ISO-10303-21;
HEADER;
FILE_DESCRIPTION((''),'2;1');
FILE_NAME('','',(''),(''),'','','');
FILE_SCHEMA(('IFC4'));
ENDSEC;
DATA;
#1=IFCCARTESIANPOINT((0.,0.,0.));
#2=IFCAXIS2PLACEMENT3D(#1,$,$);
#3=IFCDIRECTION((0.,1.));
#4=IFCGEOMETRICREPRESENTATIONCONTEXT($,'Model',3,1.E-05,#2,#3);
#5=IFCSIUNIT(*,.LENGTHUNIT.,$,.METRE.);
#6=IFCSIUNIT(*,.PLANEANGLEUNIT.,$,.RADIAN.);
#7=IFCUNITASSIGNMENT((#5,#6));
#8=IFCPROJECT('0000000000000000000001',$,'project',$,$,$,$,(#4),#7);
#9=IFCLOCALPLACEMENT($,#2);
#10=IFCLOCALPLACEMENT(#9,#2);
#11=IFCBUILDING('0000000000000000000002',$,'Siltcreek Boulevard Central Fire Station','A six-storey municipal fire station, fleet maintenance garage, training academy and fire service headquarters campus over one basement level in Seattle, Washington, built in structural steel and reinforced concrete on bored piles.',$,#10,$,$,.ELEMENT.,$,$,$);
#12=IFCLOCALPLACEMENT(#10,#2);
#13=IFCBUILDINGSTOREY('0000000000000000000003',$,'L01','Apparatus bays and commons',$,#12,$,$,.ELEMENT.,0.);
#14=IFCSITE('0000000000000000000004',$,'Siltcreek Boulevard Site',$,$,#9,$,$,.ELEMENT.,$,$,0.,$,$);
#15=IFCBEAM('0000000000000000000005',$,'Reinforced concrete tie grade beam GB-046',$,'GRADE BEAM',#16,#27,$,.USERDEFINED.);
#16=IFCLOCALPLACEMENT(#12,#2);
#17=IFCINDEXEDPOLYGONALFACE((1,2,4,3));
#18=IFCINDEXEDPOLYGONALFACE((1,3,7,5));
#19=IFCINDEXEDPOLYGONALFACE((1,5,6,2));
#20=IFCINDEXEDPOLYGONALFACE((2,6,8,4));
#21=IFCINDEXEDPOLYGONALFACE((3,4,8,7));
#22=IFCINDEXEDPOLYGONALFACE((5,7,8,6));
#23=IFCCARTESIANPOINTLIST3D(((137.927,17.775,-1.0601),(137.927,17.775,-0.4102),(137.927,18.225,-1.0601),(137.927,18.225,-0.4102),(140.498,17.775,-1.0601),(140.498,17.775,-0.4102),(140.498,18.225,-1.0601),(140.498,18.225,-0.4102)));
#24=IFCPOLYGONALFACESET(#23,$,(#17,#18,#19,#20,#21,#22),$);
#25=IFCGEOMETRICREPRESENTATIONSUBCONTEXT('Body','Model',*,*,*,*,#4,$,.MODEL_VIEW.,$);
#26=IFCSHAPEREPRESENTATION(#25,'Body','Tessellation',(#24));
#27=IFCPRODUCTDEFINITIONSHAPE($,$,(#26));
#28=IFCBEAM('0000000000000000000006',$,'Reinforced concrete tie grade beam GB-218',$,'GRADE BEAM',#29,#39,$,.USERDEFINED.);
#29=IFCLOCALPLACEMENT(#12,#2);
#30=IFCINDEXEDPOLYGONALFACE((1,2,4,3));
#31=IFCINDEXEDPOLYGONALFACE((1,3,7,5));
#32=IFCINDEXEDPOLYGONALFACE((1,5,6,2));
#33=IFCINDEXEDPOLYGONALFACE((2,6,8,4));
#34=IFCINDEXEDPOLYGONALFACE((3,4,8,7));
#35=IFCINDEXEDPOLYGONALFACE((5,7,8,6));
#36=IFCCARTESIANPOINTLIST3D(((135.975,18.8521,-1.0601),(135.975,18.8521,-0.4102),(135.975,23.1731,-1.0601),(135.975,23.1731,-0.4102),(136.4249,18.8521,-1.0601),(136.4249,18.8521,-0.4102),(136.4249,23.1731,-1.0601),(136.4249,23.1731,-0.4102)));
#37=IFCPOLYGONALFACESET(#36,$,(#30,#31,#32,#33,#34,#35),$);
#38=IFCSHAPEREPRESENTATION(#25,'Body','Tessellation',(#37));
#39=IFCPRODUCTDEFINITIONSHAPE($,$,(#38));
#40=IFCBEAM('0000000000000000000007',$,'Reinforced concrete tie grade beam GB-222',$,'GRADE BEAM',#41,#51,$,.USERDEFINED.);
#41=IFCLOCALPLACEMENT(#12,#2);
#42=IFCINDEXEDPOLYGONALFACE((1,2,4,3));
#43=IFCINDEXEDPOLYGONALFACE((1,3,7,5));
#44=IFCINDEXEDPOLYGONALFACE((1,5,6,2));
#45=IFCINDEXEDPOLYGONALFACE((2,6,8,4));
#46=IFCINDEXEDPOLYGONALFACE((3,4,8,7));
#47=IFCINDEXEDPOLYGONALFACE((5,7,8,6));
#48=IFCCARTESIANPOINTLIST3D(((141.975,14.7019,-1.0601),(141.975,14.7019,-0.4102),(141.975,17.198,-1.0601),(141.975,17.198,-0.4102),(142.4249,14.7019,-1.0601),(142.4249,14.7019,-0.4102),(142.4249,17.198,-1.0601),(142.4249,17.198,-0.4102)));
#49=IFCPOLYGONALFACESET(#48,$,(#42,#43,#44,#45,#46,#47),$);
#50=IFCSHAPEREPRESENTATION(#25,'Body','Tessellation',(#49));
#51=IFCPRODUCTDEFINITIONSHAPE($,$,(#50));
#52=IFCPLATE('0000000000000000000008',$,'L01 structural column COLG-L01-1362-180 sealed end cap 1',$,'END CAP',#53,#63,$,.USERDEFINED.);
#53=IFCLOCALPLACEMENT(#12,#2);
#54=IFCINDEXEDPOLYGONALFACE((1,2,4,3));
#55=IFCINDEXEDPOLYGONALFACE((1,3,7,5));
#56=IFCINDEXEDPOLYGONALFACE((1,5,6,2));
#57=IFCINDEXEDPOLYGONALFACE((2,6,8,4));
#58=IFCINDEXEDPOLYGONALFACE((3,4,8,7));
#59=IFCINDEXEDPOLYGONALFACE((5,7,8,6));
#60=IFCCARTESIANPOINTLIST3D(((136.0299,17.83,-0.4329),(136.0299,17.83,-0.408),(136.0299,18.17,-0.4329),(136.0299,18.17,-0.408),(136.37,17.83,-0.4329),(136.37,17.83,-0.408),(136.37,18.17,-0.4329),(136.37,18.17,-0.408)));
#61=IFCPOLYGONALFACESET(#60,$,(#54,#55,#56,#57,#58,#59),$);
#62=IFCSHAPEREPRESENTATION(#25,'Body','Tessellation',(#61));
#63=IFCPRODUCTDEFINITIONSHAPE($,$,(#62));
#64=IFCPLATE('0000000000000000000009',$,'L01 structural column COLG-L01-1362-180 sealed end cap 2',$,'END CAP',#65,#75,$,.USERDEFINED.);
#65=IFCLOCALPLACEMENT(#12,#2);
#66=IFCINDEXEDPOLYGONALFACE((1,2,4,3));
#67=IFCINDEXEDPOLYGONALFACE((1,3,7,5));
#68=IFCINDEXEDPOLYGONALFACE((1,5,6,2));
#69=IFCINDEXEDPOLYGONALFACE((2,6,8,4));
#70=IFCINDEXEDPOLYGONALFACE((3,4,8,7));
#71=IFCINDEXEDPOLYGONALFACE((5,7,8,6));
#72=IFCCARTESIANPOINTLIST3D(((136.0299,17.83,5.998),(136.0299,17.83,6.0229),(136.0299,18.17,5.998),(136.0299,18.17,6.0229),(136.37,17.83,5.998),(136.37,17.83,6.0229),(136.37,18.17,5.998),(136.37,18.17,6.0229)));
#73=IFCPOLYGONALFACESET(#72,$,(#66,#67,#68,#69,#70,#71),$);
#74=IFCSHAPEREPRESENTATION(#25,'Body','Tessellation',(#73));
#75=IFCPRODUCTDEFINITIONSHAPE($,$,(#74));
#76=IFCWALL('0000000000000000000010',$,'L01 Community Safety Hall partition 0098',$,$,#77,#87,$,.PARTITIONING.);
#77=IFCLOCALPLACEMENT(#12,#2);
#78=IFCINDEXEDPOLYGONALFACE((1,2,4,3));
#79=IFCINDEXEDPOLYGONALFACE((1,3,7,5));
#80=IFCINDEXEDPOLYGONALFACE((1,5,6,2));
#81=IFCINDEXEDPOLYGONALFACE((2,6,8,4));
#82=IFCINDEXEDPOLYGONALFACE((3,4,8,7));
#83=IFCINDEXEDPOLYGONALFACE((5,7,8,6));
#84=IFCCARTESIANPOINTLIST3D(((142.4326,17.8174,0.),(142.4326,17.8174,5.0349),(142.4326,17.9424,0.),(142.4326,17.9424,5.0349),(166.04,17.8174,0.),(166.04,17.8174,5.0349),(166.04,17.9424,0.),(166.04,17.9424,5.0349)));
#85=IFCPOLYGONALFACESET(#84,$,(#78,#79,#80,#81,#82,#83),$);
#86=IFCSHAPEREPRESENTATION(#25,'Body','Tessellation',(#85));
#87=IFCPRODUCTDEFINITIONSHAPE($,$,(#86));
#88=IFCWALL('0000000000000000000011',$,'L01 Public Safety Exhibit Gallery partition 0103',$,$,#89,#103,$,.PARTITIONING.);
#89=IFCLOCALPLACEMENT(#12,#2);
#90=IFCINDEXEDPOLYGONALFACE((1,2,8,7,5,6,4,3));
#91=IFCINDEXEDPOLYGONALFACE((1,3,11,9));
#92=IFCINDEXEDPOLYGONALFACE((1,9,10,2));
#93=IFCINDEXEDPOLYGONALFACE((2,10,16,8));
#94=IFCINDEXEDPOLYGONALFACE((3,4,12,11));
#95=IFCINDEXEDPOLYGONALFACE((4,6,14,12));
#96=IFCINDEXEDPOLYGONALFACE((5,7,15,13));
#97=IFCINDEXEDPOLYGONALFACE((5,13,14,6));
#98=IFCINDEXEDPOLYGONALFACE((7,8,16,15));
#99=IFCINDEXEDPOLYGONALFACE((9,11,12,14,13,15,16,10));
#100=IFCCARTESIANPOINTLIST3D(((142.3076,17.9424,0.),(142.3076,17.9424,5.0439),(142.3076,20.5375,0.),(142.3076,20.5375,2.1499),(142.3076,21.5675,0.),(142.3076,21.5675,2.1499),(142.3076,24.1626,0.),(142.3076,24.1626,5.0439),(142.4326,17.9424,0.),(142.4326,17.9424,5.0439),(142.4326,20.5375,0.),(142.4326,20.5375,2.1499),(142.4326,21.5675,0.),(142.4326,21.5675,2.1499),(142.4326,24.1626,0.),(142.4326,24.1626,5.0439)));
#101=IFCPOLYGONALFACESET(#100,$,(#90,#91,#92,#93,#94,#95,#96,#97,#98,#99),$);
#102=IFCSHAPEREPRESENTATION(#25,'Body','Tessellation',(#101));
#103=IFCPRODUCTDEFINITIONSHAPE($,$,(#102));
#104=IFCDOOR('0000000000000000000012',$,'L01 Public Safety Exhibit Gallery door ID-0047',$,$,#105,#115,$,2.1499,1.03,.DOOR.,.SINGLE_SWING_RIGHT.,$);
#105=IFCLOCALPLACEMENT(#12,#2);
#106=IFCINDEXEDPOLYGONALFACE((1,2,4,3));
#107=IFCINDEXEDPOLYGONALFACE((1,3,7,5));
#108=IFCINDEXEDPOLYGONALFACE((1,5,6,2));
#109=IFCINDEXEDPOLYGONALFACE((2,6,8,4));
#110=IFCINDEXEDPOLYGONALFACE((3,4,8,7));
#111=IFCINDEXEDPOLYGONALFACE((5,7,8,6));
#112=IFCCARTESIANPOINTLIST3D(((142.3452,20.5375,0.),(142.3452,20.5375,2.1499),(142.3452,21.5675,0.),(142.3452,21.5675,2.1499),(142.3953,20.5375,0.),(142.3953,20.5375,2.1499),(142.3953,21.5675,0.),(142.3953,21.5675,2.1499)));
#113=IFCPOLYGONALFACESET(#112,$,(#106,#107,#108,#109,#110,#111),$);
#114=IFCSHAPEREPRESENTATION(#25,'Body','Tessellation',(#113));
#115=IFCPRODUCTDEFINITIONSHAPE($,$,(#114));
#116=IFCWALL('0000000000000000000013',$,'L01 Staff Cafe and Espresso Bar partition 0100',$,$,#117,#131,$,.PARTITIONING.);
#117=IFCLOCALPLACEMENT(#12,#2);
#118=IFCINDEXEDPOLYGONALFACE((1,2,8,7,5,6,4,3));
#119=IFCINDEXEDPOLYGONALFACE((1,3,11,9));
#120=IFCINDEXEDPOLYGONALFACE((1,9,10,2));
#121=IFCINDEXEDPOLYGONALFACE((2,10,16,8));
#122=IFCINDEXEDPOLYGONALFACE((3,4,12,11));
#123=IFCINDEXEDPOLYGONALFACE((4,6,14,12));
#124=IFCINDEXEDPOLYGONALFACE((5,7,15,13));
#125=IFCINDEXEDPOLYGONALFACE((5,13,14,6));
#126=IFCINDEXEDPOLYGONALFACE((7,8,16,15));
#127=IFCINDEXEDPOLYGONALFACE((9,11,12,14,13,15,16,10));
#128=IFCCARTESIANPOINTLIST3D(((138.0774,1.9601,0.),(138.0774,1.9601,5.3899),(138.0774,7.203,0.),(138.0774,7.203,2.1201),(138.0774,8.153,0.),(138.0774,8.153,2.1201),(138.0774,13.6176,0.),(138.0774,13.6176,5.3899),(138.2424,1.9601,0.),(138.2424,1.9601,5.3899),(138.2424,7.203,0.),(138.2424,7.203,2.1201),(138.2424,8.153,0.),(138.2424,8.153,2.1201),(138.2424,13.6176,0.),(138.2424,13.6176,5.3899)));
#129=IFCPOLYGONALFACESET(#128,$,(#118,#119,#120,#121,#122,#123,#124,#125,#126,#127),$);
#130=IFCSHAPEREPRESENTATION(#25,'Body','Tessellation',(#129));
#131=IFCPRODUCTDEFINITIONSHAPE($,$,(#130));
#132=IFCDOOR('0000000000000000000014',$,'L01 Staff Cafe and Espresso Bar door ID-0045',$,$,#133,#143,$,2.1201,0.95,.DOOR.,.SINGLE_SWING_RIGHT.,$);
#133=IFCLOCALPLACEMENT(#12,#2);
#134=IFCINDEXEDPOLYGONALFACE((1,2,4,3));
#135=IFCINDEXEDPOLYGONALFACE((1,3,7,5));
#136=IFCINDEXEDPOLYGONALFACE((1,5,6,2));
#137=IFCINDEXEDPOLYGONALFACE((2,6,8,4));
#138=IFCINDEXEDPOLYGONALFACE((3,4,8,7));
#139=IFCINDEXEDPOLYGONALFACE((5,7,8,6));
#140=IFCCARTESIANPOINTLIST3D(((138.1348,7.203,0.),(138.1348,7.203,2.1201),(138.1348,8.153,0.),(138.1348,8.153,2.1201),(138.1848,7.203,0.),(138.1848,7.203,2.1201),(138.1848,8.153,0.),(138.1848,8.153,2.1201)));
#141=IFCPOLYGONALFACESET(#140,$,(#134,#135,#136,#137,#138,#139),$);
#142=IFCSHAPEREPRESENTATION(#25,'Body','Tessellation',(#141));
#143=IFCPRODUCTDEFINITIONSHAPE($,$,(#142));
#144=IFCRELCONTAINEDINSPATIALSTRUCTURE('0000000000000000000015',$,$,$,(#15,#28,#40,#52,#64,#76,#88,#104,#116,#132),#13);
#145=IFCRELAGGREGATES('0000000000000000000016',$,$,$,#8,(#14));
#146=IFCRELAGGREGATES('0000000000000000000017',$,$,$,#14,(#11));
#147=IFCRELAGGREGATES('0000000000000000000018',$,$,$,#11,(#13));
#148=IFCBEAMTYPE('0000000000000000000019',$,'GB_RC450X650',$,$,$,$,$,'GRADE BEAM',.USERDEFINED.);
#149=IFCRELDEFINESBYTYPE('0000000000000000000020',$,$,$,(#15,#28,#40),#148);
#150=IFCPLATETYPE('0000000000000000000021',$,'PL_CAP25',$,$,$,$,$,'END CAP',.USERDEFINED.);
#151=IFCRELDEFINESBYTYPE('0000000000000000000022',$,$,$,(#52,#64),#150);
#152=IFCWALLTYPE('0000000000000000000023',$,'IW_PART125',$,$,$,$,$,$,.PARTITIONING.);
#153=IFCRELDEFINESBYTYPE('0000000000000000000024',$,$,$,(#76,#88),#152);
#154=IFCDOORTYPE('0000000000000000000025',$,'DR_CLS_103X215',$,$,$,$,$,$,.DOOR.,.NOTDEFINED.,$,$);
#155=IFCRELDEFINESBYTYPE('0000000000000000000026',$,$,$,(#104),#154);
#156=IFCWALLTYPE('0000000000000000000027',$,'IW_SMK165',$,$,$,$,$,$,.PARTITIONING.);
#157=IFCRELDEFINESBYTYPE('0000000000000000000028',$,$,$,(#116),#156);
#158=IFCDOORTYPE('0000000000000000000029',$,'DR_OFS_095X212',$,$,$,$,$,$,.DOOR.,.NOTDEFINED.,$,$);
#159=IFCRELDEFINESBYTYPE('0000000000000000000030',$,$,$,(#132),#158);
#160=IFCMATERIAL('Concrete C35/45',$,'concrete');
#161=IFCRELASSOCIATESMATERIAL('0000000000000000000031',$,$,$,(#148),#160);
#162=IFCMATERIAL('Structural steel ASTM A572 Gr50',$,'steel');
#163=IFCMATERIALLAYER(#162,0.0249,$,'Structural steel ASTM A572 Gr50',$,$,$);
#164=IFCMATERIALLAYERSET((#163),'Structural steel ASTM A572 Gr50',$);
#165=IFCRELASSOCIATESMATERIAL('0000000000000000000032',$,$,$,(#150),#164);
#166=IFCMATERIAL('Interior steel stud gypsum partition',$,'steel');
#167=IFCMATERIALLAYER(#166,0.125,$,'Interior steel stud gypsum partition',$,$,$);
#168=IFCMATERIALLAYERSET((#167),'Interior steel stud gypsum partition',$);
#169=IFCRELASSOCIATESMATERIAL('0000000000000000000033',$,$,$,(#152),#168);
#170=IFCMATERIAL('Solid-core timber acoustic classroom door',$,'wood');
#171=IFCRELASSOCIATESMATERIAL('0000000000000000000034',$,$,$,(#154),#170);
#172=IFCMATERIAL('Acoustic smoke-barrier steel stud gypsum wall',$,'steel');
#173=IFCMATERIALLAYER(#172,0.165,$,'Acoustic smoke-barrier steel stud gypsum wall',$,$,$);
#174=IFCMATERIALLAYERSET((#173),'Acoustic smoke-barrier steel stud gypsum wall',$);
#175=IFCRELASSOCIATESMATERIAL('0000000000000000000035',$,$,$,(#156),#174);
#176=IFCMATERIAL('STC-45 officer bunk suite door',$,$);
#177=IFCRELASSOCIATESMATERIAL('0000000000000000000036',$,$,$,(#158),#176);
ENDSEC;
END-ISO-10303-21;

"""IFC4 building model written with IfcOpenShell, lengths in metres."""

from ifc_helpers import new_model, si_unit, direction, frame, frame_2d, origin, origin_2d, place, context, subcontext, project, spatial, rectangle, extrude, material, layer, layer_set, material_profile, profile_set, type_object, element, fill, save


model = new_model("IFC4")

# Units and contexts
model_context = context("Model", 3, precision=1e-05, world=origin(), true_north=direction((0.0, 1.0)))
body_context = subcontext(model_context, "Body", "Model", "MODEL_VIEW")
ifc_project = project(units=[si_unit("LENGTHUNIT", "METRE"), si_unit("PLANEANGLEUNIT", "RADIAN")], contexts=[model_context])

# Site, building, storey
site_placement = place(None, origin())
site = spatial("IfcSite", under=ifc_project, at=site_placement, Name="Siltcreek Boulevard Site", CompositionType="ELEMENT", RefElevation=0.0)
building_placement = place(site_placement, origin())
building = spatial("IfcBuilding", under=site, at=building_placement, Name="Siltcreek Boulevard Central Fire Station", Description="A six-storey municipal fire station, fleet maintenance garage, training academy and fire service headquarters campus over one basement level in Seattle, Washington, built in structural steel and reinforced concrete on bored piles.", CompositionType="ELEMENT")
storey_placement = place(building_placement, origin())
storey = spatial("IfcBuildingStorey", under=building, at=storey_placement, Name="L01", Description="Apparatus bays and commons", CompositionType="ELEMENT", Elevation=0.0)

# Shared definitions
ifc_material_1 = material(Name="Concrete C35/45", Category="concrete")

# Beams
ifc_material_profile_1 = material_profile(ifc_material_1, rectangle(XDim=0.45, YDim=0.6499, at=origin_2d()), Name="RC450X650")
ifc_profile_set_1 = profile_set([ifc_material_profile_1], Name="Concrete C35/45")
beam_type_1 = type_object("IfcBeamType", Name="GB_RC450X650", ElementType="GRADE BEAM", PredefinedType="USERDEFINED", material=ifc_profile_set_1)
beam_1_placement = place(storey_placement, frame((137.927, 18.0, -0.7351), z_axis=(1.0, 0.0, 0.0), x_axis=(0.0, 1.0, 0.0)))
element("IfcBeam", 1, at=beam_1_placement, inside=storey, type_object=beam_type_1, Name="Reinforced concrete tie grade beam GB-046", ObjectType="GRADE BEAM", PredefinedType="USERDEFINED", context=body_context, shape_type="SweptSolid", body=[
    extrude(rectangle(XDim=0.45, YDim=0.6499, at=origin_2d()), origin(), (0.0, 0.0, 1.0), 2.571),
])
beam_2_placement = place(storey_placement, frame((136.2, 18.8521, -0.7351), z_axis=(0.0, 1.0, 0.0), x_axis=(-1.0, 0.0, 0.0)))
element("IfcBeam", 2, at=beam_2_placement, inside=storey, type_object=beam_type_1, Name="Reinforced concrete tie grade beam GB-218", ObjectType="GRADE BEAM", PredefinedType="USERDEFINED", context=body_context, shape_type="SweptSolid", body=[
    extrude(rectangle(XDim=0.45, YDim=0.6499, at=origin_2d()), origin(), (0.0, 0.0, 1.0), 4.321),
])
beam_3_placement = place(storey_placement, frame((142.2, 14.7019, -0.7351), z_axis=(0.0, 1.0, 0.0), x_axis=(-1.0, 0.0, 0.0)))
element("IfcBeam", 3, at=beam_3_placement, inside=storey, type_object=beam_type_1, Name="Reinforced concrete tie grade beam GB-222", ObjectType="GRADE BEAM", PredefinedType="USERDEFINED", context=body_context, shape_type="SweptSolid", body=[
    extrude(rectangle(XDim=0.45, YDim=0.6499, at=origin_2d()), origin(), (0.0, 0.0, 1.0), 2.4961),
])

# Plates
ifc_material_2 = material(Name="Structural steel ASTM A572 Gr50", Category="steel")
ifc_layer_1 = layer(ifc_material_2, 0.0249, Name="Structural steel ASTM A572 Gr50")
ifc_layer_set_1 = layer_set([ifc_layer_1], Name="Structural steel ASTM A572 Gr50")
plate_type = type_object("IfcPlateType", Name="PL_CAP25", ElementType="END CAP", PredefinedType="USERDEFINED", material=ifc_layer_set_1)
for number, where, z_axis, x_axis, name in (
    (4, (136.2, 18.0, -0.4329), (0.0, 0.0, 1.0), (1.0, 0.0, 0.0), "L01 structural column COLG-L01-1362-180 sealed end cap 1"),
    (5, (136.2, 18.0, 5.998), (0.0, 0.0, 1.0), (1.0, 0.0, 0.0), "L01 structural column COLG-L01-1362-180 sealed end cap 2"),
):
    element("IfcPlate", number, at=place(storey_placement, frame(where, z_axis=z_axis, x_axis=x_axis)), inside=storey, type_object=plate_type, Name=name, ObjectType="END CAP", PredefinedType="USERDEFINED", context=body_context, shape_type="SweptSolid", body=[
        extrude(rectangle(XDim=0.3401, YDim=0.3401, at=origin_2d()), origin(), (0.0, 0.0, 1.0), 0.0249),
    ])

# Wall
ifc_material_3 = material(Name="Interior steel stud gypsum partition", Category="steel")
ifc_layer_2 = layer(ifc_material_3, 0.125, Name="Interior steel stud gypsum partition")
ifc_layer_set_2 = layer_set([ifc_layer_2], Name="Interior steel stud gypsum partition")
wall_type_1 = type_object("IfcWallType", Name="IW_PART125", PredefinedType="PARTITIONING", material=ifc_layer_set_2)
wall_1_placement = place(storey_placement, frame((142.4326, 17.8799, 0.0), z_axis=(0.0, 0.0, 1.0), x_axis=(1.0, 0.0, 0.0)))
element("IfcWall", 6, at=wall_1_placement, inside=storey, type_object=wall_type_1, Name="L01 Community Safety Hall partition 0098", PredefinedType="PARTITIONING", context=body_context, shape_type="SweptSolid", body=[
    extrude(rectangle(XDim=23.6074, YDim=0.125, at=frame_2d((11.8037, 0.0))), origin(), (0.0, 0.0, 1.0), 5.0349),
])

# Walls, openings, doors
wall_2_placement = place(storey_placement, frame((142.3701, 17.9424, 0.0), z_axis=(0.0, 0.0, 1.0), x_axis=(0.0, 1.0, 0.0)))
wall_2 = element("IfcWall", 7, at=wall_2_placement, inside=storey, type_object=wall_type_1, Name="L01 Public Safety Exhibit Gallery partition 0103", PredefinedType="PARTITIONING", context=body_context, shape_type="SweptSolid", body=[
    extrude(rectangle(XDim=6.2202, YDim=0.125, at=frame_2d((3.1101, 0.0))), origin(), (0.0, 0.0, 1.0), 5.0439),
])
opening_1_placement = place(wall_2_placement, frame((2.595, 0.0, 0.0)))
opening_1 = element("IfcOpeningElement", 8, at=opening_1_placement, cuts=wall_2, PredefinedType="OPENING", context=body_context, shape_type="SweptSolid", body=[
    extrude(rectangle(XDim=1.03, YDim=2.1499, at=frame_2d((0.5151, 1.075))), frame((0.0, 0.0725, 0.0), z_axis=(0.0, -1.0, 0.0), x_axis=(1.0, 0.0, 0.0)), (0.0, 0.0, 1.0), 0.145),
])
ifc_material_4 = material(Name="Solid-core timber acoustic classroom door", Category="wood")
door_type_1 = type_object("IfcDoorType", Name="DR_CLS_103X215", OperationType="NOTDEFINED", PredefinedType="DOOR", material=ifc_material_4)
door_1_placement = place(opening_1_placement, origin())
door_1 = element("IfcDoor", 9, at=door_1_placement, inside=storey, type_object=door_type_1, Name="L01 Public Safety Exhibit Gallery door ID-0047", OperationType="SINGLE_SWING_RIGHT", OverallHeight=2.1499, OverallWidth=1.03, PredefinedType="DOOR", context=body_context, shape_type="SweptSolid", body=[
    extrude(rectangle(XDim=1.03, YDim=2.1499, at=frame_2d((0.5151, 1.075))), frame((0.0, 0.0249, 0.0), z_axis=(0.0, -1.0, 0.0), x_axis=(1.0, 0.0, 0.0)), (0.0, 0.0, 1.0), 0.05),
])
fill(opening_1, door_1)
ifc_material_5 = material(Name="Acoustic smoke-barrier steel stud gypsum wall", Category="steel")
ifc_layer_3 = layer(ifc_material_5, 0.165, Name="Acoustic smoke-barrier steel stud gypsum wall")
ifc_layer_set_3 = layer_set([ifc_layer_3], Name="Acoustic smoke-barrier steel stud gypsum wall")
wall_type_2 = type_object("IfcWallType", Name="IW_SMK165", PredefinedType="PARTITIONING", material=ifc_layer_set_3)
wall_3_placement = place(storey_placement, frame((138.1599, 13.6174, 0.0), z_axis=(0.0, 0.0, 1.0), x_axis=(0.0, -1.0, 0.0)))
wall_3 = element("IfcWall", 10, at=wall_3_placement, inside=storey, type_object=wall_type_2, Name="L01 Staff Cafe and Espresso Bar partition 0100", PredefinedType="PARTITIONING", context=body_context, shape_type="SweptSolid", body=[
    extrude(rectangle(XDim=11.6575, YDim=0.165, at=frame_2d((5.8286, 0.0))), origin(), (0.0, 0.0, 1.0), 5.3899),
])
opening_2_placement = place(wall_3_placement, frame((5.4644, 0.0, 0.0)))
opening_2 = element("IfcOpeningElement", 11, at=opening_2_placement, cuts=wall_3, PredefinedType="OPENING", context=body_context, shape_type="SweptSolid", body=[
    extrude(rectangle(XDim=0.95, YDim=2.1201, at=frame_2d((0.4751, 1.0601))), frame((0.0, 0.0925, 0.0), z_axis=(0.0, -1.0, 0.0), x_axis=(1.0, 0.0, 0.0)), (0.0, 0.0, 1.0), 0.1851),
])
ifc_material_6 = material(Name="STC-45 officer bunk suite door")
door_type_2 = type_object("IfcDoorType", Name="DR_OFS_095X212", OperationType="NOTDEFINED", PredefinedType="DOOR", material=ifc_material_6)
door_2_placement = place(opening_2_placement, origin())
door_2 = element("IfcDoor", 12, at=door_2_placement, inside=storey, type_object=door_type_2, Name="L01 Staff Cafe and Espresso Bar door ID-0045", OperationType="SINGLE_SWING_RIGHT", OverallHeight=2.1201, OverallWidth=0.95, PredefinedType="DOOR", context=body_context, shape_type="SweptSolid", body=[
    extrude(rectangle(XDim=0.95, YDim=2.1201, at=frame_2d((0.4751, 1.0601))), frame((0.0, 0.0249, 0.0), z_axis=(0.0, -1.0, 0.0), x_axis=(1.0, 0.0, 0.0)), (0.0, 0.0, 1.0), 0.05),
])
fill(opening_2, door_2)

save(model, "model.ifc")
